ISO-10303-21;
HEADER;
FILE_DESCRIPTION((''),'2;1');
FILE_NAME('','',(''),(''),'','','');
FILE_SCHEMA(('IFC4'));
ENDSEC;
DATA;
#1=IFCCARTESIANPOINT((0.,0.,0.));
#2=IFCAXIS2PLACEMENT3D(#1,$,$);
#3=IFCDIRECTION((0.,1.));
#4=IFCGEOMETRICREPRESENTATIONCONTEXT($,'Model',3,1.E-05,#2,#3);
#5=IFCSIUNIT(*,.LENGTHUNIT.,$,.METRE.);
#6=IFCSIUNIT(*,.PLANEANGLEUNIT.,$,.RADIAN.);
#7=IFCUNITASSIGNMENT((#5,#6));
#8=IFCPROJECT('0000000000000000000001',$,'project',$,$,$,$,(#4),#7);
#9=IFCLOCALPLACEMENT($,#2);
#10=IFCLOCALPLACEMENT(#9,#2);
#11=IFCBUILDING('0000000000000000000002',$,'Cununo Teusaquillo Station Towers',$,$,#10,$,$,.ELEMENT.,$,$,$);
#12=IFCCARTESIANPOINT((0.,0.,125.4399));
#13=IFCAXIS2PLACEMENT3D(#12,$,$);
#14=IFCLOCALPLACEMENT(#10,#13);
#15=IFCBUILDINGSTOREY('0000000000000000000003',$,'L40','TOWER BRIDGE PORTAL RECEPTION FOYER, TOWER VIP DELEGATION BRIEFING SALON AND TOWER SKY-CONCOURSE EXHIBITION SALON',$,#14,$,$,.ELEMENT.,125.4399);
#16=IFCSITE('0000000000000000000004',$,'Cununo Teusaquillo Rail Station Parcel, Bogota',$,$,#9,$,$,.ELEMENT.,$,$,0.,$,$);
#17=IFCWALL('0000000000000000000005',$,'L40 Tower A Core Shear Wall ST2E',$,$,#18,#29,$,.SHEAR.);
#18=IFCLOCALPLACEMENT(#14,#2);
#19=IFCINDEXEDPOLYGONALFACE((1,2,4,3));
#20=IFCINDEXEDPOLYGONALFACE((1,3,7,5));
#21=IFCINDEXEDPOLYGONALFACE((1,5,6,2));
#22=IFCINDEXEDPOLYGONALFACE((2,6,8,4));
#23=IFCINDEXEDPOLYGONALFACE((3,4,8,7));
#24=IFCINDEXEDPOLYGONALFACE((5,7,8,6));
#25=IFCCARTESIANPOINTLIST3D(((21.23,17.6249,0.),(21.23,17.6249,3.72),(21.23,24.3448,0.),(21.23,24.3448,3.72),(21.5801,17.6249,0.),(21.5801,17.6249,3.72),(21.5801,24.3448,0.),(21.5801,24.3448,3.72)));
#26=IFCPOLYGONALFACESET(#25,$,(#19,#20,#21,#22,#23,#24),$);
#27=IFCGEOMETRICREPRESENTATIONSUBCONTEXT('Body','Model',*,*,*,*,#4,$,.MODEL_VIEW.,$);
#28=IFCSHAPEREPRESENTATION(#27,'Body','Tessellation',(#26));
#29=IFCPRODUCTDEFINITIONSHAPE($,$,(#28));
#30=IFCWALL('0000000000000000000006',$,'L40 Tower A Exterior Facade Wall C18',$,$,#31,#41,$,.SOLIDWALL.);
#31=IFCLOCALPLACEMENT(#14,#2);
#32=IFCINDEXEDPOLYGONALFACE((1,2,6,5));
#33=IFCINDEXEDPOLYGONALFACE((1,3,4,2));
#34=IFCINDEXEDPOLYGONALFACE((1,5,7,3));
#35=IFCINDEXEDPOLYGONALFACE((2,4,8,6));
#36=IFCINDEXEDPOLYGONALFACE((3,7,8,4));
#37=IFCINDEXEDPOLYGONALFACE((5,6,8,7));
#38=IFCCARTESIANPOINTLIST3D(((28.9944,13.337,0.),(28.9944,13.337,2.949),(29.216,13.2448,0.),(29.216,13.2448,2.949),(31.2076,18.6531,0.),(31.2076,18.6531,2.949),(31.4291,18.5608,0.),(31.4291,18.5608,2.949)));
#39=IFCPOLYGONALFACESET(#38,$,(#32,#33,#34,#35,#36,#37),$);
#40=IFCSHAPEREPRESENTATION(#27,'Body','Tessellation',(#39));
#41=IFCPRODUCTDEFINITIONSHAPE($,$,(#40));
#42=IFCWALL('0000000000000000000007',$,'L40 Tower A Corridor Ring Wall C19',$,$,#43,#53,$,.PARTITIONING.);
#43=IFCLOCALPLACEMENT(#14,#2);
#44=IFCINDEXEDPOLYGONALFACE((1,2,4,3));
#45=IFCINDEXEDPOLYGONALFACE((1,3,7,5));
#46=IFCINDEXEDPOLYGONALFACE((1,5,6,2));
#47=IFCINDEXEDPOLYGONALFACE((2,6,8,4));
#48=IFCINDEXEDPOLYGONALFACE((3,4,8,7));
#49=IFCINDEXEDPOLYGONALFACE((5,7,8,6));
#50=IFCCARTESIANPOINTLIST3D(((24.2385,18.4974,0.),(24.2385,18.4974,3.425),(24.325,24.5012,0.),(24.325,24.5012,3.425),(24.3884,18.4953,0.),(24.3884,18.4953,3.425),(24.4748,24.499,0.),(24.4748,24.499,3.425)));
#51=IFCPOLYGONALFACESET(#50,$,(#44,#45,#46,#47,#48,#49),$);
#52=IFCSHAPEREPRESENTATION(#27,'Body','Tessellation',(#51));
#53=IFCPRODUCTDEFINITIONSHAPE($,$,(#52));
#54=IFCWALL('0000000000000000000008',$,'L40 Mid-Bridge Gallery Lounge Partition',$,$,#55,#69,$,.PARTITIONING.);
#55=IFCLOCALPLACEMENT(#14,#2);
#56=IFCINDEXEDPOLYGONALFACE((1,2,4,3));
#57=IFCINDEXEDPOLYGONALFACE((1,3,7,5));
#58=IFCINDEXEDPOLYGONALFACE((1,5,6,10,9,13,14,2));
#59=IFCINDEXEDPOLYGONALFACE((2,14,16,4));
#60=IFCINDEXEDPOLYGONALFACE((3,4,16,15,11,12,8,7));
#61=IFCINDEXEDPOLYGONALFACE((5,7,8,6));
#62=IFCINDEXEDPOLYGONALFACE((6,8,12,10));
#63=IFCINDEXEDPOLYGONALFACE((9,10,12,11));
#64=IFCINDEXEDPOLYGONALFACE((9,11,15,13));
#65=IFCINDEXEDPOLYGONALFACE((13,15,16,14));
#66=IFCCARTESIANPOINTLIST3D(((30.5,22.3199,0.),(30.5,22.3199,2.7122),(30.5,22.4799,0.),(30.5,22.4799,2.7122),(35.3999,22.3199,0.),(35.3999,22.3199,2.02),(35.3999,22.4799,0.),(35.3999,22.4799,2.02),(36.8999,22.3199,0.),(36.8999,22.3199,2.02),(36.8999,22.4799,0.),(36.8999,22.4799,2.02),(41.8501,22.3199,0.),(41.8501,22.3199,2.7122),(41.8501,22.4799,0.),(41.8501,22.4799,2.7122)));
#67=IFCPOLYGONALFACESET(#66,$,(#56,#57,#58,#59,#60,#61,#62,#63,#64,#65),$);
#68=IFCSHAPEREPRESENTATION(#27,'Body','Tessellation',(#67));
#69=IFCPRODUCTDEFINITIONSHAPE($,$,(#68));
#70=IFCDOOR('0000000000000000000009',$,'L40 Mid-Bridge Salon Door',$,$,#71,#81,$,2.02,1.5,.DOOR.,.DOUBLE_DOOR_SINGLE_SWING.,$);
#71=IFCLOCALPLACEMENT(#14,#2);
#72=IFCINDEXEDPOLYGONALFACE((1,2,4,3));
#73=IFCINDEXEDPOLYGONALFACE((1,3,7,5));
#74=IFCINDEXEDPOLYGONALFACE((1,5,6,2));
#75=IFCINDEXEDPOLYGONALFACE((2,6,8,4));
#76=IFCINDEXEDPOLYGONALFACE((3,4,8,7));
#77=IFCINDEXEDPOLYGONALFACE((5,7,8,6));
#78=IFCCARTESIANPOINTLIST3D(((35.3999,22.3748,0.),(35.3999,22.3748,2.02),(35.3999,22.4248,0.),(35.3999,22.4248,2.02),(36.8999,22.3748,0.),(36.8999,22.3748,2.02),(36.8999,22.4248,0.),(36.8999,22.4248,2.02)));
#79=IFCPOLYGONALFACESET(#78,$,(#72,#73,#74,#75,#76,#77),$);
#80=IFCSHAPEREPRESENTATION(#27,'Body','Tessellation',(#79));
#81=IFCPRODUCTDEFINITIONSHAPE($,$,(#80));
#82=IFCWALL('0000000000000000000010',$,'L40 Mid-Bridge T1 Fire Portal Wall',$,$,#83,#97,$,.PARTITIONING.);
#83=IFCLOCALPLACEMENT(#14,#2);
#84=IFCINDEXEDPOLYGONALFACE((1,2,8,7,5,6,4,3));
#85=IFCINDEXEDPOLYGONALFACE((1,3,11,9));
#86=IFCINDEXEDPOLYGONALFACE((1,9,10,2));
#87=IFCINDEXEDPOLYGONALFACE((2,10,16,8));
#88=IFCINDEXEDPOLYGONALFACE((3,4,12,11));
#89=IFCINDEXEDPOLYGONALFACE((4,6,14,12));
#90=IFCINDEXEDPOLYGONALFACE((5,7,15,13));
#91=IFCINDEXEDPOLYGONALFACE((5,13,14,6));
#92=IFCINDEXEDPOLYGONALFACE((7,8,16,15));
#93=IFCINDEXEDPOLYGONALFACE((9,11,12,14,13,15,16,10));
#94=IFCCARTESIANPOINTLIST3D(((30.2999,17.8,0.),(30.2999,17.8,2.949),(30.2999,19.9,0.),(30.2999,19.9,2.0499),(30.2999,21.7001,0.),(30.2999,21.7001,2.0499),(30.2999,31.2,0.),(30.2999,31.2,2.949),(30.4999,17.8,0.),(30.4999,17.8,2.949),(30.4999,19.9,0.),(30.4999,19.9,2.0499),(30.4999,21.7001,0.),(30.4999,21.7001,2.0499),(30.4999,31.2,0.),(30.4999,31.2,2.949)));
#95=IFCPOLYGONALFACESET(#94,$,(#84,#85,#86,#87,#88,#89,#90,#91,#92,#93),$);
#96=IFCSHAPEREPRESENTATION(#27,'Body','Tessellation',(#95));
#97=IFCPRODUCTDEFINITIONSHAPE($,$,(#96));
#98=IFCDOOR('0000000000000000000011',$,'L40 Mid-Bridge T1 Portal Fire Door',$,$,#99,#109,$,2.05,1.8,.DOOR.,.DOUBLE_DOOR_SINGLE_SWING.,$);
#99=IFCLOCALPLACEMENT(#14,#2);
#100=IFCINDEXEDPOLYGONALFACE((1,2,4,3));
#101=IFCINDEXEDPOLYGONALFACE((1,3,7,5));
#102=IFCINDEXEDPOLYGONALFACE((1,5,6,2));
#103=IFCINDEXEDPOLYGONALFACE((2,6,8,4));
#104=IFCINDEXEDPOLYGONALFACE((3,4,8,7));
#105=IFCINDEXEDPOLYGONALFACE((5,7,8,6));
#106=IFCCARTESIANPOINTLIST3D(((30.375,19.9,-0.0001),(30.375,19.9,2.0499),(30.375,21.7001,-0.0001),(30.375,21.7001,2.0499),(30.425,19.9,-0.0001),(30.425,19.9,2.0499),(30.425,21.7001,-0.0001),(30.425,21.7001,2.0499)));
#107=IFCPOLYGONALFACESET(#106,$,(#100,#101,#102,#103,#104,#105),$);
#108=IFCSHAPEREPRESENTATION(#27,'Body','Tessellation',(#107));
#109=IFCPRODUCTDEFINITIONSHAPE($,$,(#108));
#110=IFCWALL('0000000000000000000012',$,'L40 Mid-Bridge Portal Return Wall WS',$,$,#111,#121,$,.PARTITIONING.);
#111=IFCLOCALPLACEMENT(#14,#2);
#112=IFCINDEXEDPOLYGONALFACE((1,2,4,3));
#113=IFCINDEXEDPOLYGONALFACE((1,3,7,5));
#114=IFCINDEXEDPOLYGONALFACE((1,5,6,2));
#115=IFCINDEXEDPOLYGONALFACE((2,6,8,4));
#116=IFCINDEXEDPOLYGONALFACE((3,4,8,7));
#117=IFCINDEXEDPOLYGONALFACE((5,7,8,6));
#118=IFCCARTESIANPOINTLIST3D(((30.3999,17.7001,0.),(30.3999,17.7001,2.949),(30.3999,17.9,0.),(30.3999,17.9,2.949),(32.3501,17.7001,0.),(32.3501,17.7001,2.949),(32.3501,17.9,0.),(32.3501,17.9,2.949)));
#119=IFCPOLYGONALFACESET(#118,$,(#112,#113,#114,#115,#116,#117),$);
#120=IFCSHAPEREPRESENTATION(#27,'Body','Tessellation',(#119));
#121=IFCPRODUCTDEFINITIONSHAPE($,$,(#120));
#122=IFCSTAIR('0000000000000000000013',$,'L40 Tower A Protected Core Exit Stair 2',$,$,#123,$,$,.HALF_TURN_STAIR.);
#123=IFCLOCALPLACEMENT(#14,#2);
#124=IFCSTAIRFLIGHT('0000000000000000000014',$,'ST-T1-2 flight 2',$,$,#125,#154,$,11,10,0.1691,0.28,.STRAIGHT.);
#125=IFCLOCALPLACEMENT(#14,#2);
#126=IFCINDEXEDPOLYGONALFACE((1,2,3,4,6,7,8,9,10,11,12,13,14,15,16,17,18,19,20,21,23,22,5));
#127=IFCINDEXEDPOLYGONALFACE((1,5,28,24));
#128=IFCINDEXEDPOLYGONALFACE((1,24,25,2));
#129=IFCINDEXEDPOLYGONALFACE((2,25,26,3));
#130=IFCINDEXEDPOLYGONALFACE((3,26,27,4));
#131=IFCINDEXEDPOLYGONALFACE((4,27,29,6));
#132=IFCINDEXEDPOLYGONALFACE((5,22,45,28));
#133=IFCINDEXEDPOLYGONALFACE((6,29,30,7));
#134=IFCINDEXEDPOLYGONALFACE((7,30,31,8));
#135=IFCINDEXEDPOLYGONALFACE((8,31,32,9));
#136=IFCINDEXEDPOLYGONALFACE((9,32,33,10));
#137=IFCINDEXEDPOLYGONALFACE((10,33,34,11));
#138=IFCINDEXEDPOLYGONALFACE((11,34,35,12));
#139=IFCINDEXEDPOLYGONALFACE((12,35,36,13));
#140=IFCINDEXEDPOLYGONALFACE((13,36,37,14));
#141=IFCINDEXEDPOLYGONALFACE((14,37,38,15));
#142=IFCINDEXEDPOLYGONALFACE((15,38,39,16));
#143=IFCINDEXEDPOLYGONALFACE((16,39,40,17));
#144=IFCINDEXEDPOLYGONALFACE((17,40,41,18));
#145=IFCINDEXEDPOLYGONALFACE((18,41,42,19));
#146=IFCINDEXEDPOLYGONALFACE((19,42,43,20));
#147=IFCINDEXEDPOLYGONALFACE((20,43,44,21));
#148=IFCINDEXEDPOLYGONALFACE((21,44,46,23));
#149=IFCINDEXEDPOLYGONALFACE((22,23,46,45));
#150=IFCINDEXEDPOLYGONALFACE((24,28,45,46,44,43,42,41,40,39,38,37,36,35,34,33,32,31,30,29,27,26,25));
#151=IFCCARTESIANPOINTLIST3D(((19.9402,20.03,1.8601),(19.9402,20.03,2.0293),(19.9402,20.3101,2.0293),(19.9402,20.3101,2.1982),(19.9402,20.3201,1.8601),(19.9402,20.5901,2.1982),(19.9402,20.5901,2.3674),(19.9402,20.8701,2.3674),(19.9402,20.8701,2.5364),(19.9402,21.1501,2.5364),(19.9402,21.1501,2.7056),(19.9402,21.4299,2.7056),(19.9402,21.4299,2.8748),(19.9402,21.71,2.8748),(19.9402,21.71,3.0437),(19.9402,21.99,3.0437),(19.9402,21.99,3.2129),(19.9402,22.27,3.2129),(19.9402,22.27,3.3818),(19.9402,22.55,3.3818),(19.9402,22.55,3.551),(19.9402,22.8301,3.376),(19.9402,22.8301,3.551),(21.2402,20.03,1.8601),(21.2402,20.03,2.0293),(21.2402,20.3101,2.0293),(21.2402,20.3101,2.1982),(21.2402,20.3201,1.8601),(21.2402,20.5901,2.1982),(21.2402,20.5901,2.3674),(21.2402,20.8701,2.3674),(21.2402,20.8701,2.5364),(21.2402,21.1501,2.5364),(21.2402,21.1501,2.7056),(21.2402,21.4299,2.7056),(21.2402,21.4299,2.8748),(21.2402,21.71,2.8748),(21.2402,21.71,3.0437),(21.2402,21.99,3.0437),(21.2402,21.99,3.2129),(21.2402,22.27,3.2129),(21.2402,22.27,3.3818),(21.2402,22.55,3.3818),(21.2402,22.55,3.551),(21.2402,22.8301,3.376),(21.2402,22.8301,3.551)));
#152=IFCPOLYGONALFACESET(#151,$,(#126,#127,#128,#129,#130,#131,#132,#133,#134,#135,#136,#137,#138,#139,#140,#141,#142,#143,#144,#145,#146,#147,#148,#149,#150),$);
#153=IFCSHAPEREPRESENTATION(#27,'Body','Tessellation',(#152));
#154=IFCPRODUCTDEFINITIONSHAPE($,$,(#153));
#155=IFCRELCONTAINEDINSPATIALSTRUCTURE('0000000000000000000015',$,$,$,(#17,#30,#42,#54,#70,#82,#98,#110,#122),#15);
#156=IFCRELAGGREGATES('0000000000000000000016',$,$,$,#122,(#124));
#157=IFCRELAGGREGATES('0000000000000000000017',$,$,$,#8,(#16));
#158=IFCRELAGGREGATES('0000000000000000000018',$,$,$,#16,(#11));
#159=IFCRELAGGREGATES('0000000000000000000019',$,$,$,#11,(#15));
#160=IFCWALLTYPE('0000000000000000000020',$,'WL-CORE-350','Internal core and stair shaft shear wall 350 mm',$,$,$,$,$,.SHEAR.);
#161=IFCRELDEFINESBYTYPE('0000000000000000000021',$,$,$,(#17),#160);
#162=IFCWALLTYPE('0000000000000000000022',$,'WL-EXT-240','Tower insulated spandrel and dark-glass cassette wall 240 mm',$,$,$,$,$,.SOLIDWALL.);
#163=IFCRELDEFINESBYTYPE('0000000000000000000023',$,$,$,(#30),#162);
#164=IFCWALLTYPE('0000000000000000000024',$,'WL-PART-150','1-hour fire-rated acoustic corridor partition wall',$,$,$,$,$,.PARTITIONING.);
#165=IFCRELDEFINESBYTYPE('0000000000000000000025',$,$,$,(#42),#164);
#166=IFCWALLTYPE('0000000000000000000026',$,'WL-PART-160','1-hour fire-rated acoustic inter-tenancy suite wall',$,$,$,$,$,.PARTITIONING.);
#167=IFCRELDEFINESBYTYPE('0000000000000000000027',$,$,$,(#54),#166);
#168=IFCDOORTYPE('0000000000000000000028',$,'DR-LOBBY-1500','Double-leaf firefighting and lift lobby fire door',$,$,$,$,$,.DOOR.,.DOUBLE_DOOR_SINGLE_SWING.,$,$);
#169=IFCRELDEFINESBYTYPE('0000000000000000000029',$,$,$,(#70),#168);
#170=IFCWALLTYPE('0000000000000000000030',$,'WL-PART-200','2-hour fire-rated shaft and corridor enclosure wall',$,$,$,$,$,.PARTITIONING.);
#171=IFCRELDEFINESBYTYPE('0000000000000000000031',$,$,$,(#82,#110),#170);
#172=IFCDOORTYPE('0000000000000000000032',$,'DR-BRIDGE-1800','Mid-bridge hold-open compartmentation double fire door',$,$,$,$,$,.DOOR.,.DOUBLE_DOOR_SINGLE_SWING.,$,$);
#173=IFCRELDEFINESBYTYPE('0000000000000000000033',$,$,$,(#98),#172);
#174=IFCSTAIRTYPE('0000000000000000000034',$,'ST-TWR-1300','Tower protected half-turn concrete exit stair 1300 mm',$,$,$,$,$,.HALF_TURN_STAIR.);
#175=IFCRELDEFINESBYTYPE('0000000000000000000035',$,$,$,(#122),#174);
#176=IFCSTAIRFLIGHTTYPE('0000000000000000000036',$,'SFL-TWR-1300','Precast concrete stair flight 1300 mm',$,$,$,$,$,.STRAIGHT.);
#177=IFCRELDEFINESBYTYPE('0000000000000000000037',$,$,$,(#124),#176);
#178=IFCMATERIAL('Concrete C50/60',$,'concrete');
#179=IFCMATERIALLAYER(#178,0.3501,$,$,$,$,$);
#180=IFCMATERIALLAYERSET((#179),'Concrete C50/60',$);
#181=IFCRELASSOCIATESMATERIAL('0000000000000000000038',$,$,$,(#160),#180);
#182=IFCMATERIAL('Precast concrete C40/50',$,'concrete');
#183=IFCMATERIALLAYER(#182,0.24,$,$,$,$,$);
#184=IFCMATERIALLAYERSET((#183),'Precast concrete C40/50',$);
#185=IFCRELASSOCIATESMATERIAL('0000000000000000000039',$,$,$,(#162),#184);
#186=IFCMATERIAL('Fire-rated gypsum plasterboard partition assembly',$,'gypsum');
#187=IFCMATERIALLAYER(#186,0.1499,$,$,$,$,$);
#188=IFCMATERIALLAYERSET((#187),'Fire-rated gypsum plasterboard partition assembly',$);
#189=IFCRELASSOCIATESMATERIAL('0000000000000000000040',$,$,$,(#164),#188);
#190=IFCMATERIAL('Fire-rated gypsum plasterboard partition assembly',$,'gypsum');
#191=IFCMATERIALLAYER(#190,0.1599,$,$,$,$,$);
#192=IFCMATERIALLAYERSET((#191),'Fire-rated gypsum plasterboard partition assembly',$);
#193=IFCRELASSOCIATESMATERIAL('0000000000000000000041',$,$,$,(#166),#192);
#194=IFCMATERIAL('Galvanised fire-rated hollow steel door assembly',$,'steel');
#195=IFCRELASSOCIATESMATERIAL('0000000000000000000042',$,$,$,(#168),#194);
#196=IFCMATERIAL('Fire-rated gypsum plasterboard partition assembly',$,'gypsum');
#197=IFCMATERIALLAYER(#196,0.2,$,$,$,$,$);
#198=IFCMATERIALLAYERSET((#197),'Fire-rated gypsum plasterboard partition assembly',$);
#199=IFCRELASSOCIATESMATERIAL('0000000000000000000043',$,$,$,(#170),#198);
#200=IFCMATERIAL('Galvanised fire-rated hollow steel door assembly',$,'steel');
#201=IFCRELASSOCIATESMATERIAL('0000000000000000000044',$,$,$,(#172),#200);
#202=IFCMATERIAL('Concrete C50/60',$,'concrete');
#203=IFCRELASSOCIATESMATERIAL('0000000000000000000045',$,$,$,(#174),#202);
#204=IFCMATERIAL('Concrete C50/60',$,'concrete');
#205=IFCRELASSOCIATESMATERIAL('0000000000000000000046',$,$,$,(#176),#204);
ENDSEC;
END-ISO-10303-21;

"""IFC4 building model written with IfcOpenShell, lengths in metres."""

from ifc_helpers import new_model, si_unit, direction, frame, frame_2d, origin, place, context, subcontext, project, spatial, polyline, rectangle, outline, extrude, source, transform, mapped, material, layer, layer_set, type_object, element, fill, aggregate, save


model = new_model("IFC4")

# Units and contexts
model_context = context("Model", 3, precision=1e-05, world=origin(), true_north=direction((0.0, 1.0)))
body_context = subcontext(model_context, "Body", "Model", "MODEL_VIEW")
ifc_project = project(units=[si_unit("LENGTHUNIT", "METRE"), si_unit("PLANEANGLEUNIT", "RADIAN")], contexts=[model_context])

# Site, building, storey
site_placement = place(None, origin())
site = spatial("IfcSite", under=ifc_project, at=site_placement, Name="Cununo Teusaquillo Rail Station Parcel, Bogota", CompositionType="ELEMENT", RefElevation=0.0)
building_placement = place(site_placement, origin())
building = spatial("IfcBuilding", under=site, at=building_placement, Name="Cununo Teusaquillo Station Towers", CompositionType="ELEMENT")
storey_placement = place(building_placement, frame((0.0, 0.0, 125.4399)))
storey = spatial("IfcBuildingStorey", under=building, at=storey_placement, Name="L40", Description="TOWER BRIDGE PORTAL RECEPTION FOYER, TOWER VIP DELEGATION BRIEFING SALON AND TOWER SKY-CONCOURSE EXHIBITION SALON", CompositionType="ELEMENT", Elevation=125.4399)

# Walls
ifc_material_1 = material(Name="Concrete C50/60", Category="concrete")
ifc_layer_1 = layer(ifc_material_1, 0.3501)
ifc_layer_set_1 = layer_set([ifc_layer_1], Name="Concrete C50/60")
wall_type_1 = type_object("IfcWallType", Name="WL-CORE-350", Description="Internal core and stair shaft shear wall 350 mm", PredefinedType="SHEAR", material=ifc_layer_set_1)
wall_1_placement = place(storey_placement, frame((21.405, 17.625, 0.0), z_axis=(0.0, 0.0, 1.0), x_axis=(0.0, 1.0, 0.0)))
element("IfcWall", 1, at=wall_1_placement, inside=storey, type_object=wall_type_1, Name="L40 Tower A Core Shear Wall ST2E", PredefinedType="SHEAR", context=body_context, shape_type="SweptSolid", body=[
    extrude(rectangle(XDim=6.72, YDim=0.3501, at=frame_2d((3.3599, 0.0))), origin(), (0.0, 0.0, 1.0), 3.72),
])
ifc_material_2 = material(Name="Precast concrete C40/50", Category="concrete")
ifc_layer_2 = layer(ifc_material_2, 0.24)
ifc_layer_set_2 = layer_set([ifc_layer_2], Name="Precast concrete C40/50")
wall_type_2 = type_object("IfcWallType", Name="WL-EXT-240", Description="Tower insulated spandrel and dark-glass cassette wall 240 mm", PredefinedType="SOLIDWALL", material=ifc_layer_set_2)
wall_2_placement = place(storey_placement, frame((31.3184, 18.6069, 0.0), z_axis=(0.0, 0.0, 1.0), x_axis=(-0.384344, -0.92319, 0.0)))
element("IfcWall", 2, at=wall_2_placement, inside=storey, type_object=wall_type_2, Name="L40 Tower A Exterior Facade Wall C18", PredefinedType="SOLIDWALL", context=body_context, shape_type="SweptSolid", body=[
    extrude(rectangle(XDim=5.7583, YDim=0.24, at=frame_2d((2.8792, 0.0))), origin(), (0.0, 0.0, 1.0), 2.949),
])
ifc_material_3 = material(Name="Fire-rated gypsum plasterboard partition assembly", Category="gypsum")
ifc_layer_3 = layer(ifc_material_3, 0.1499)
ifc_layer_set_3 = layer_set([ifc_layer_3], Name="Fire-rated gypsum plasterboard partition assembly")
wall_type_3 = type_object("IfcWallType", Name="WL-PART-150", Description="1-hour fire-rated acoustic corridor partition wall", PredefinedType="PARTITIONING", material=ifc_layer_set_3)
wall_3_placement = place(storey_placement, frame((24.3135, 18.4963, 0.0), z_axis=(0.0, 0.0, 1.0), x_axis=(0.014394, 0.999896, 0.0)))
element("IfcWall", 3, at=wall_3_placement, inside=storey, type_object=wall_type_3, Name="L40 Tower A Corridor Ring Wall C19", PredefinedType="PARTITIONING", context=body_context, shape_type="SweptSolid", body=[
    extrude(rectangle(XDim=6.0044, YDim=0.1499, at=frame_2d((3.0022, 0.0))), origin(), (0.0, 0.0, 1.0), 3.425),
])

# Walls, openings, doors
ifc_material_4 = material(Name="Fire-rated gypsum plasterboard partition assembly", Category="gypsum")
ifc_layer_4 = layer(ifc_material_4, 0.1599)
ifc_layer_set_4 = layer_set([ifc_layer_4], Name="Fire-rated gypsum plasterboard partition assembly")
wall_type_4 = type_object("IfcWallType", Name="WL-PART-160", Description="1-hour fire-rated acoustic inter-tenancy suite wall", PredefinedType="PARTITIONING", material=ifc_layer_set_4)
wall_4_placement = place(storey_placement, frame((30.5, 22.3999, 0.0), z_axis=(0.0, 0.0, 1.0), x_axis=(1.0, 0.0, 0.0)))
wall_4 = element("IfcWall", 4, at=wall_4_placement, inside=storey, type_object=wall_type_4, Name="L40 Mid-Bridge Gallery Lounge Partition", PredefinedType="PARTITIONING", context=body_context, shape_type="SweptSolid", body=[
    extrude(rectangle(XDim=11.3501, YDim=0.1599, at=frame_2d((5.675, 0.0))), origin(), (0.0, 0.0, 1.0), 2.7122),
])
shared_shape_1 = source(origin(), body_context, "Body", "SweptSolid", [
    extrude(rectangle(XDim=1.5, YDim=2.02, at=frame_2d((0.75, 1.01))), frame((0.0, 0.0898, 0.0), z_axis=(0.0, -1.0, 0.0), x_axis=(1.0, 0.0, 0.0)), (0.0, 0.0, 1.0), 0.1799),
])
opening_1_placement = place(wall_4_placement, frame((4.8999, 0.0, 0.0)))
opening_1 = element("IfcOpeningElement", 5, at=opening_1_placement, cuts=wall_4, PredefinedType="OPENING", context=body_context, shape_type="MappedRepresentation", body=[
    mapped(shared_shape_1, transform((0.0, 0.0, 0.0), x_axis=(1.0, 0.0, 0.0), y_axis=(0.0, 1.0, 0.0), z_axis=(0.0, 0.0, 1.0), scale=1.0)),
])
ifc_material_5 = material(Name="Galvanised fire-rated hollow steel door assembly", Category="steel")
door_type_1 = type_object("IfcDoorType", Name="DR-LOBBY-1500", Description="Double-leaf firefighting and lift lobby fire door", OperationType="DOUBLE_DOOR_SINGLE_SWING", PredefinedType="DOOR", material=ifc_material_5)
shared_shape_2 = source(origin(), body_context, "Body", "SweptSolid", [
    extrude(rectangle(XDim=1.5, YDim=2.02, at=frame_2d((0.75, 1.01))), frame((0.0, 0.0249, 0.0), z_axis=(0.0, -1.0, 0.0), x_axis=(1.0, 0.0, 0.0)), (0.0, 0.0, 1.0), 0.05),
])
door_1_placement = place(opening_1_placement, origin())
door_1 = element("IfcDoor", 6, at=door_1_placement, inside=storey, type_object=door_type_1, Name="L40 Mid-Bridge Salon Door", OperationType="DOUBLE_DOOR_SINGLE_SWING", OverallHeight=2.02, OverallWidth=1.5, PredefinedType="DOOR", context=body_context, shape_type="MappedRepresentation", body=[
    mapped(shared_shape_2, transform((0.0, 0.0, 0.0), x_axis=(1.0, 0.0, 0.0), y_axis=(0.0, 1.0, 0.0), z_axis=(0.0, 0.0, 1.0), scale=1.0)),
])
fill(opening_1, door_1)
ifc_material_6 = material(Name="Fire-rated gypsum plasterboard partition assembly", Category="gypsum")
ifc_layer_5 = layer(ifc_material_6, 0.2)
ifc_layer_set_5 = layer_set([ifc_layer_5], Name="Fire-rated gypsum plasterboard partition assembly")
wall_type_5 = type_object("IfcWallType", Name="WL-PART-200", Description="2-hour fire-rated shaft and corridor enclosure wall", PredefinedType="PARTITIONING", material=ifc_layer_set_5)
wall_5_placement = place(storey_placement, frame((30.3999, 17.8, 0.0), z_axis=(0.0, 0.0, 1.0), x_axis=(0.0, 1.0, 0.0)))
wall_5 = element("IfcWall", 7, at=wall_5_placement, inside=storey, type_object=wall_type_5, Name="L40 Mid-Bridge T1 Fire Portal Wall", PredefinedType="PARTITIONING", context=body_context, shape_type="SweptSolid", body=[
    extrude(rectangle(XDim=13.3999, YDim=0.2, at=frame_2d((6.7, 0.0))), origin(), (0.0, 0.0, 1.0), 2.949),
])
shared_shape_3 = source(origin(), body_context, "Body", "SweptSolid", [
    extrude(rectangle(XDim=1.8, YDim=2.05, at=frame_2d((0.8999, 1.0249))), frame((0.0, 0.1099, 0.0), z_axis=(0.0, -1.0, 0.0), x_axis=(1.0, 0.0, 0.0)), (0.0, 0.0, 1.0), 0.22),
])
opening_2_placement = place(wall_5_placement, frame((2.1001, 0.0, 0.0)))
opening_2 = element("IfcOpeningElement", 8, at=opening_2_placement, cuts=wall_5, PredefinedType="OPENING", context=body_context, shape_type="MappedRepresentation", body=[
    mapped(shared_shape_3, transform((0.0, 0.0, 0.0), x_axis=(1.0, 0.0, 0.0), y_axis=(0.0, 1.0, 0.0), z_axis=(0.0, 0.0, 1.0), scale=1.0)),
])
ifc_material_7 = material(Name="Galvanised fire-rated hollow steel door assembly", Category="steel")
door_type_2 = type_object("IfcDoorType", Name="DR-BRIDGE-1800", Description="Mid-bridge hold-open compartmentation double fire door", OperationType="DOUBLE_DOOR_SINGLE_SWING", PredefinedType="DOOR", material=ifc_material_7)
shared_shape_4 = source(origin(), body_context, "Body", "SweptSolid", [
    extrude(rectangle(XDim=1.8, YDim=2.05, at=frame_2d((0.8999, 1.0249))), frame((0.0, 0.0249, 0.0), z_axis=(0.0, -1.0, 0.0), x_axis=(1.0, 0.0, 0.0)), (0.0, 0.0, 1.0), 0.05),
])
door_2_placement = place(opening_2_placement, origin())
door_2 = element("IfcDoor", 9, at=door_2_placement, inside=storey, type_object=door_type_2, Name="L40 Mid-Bridge T1 Portal Fire Door", OperationType="DOUBLE_DOOR_SINGLE_SWING", OverallHeight=2.05, OverallWidth=1.8, PredefinedType="DOOR", context=body_context, shape_type="MappedRepresentation", body=[
    mapped(shared_shape_4, transform((0.0, 0.0, 0.0), x_axis=(1.0, 0.0, 0.0), y_axis=(0.0, 1.0, 0.0), z_axis=(0.0, 0.0, 1.0), scale=1.0)),
])
fill(opening_2, door_2)

# Wall
wall_6_placement = place(storey_placement, frame((30.3999, 17.8, 0.0), z_axis=(0.0, 0.0, 1.0), x_axis=(1.0, 0.0, 0.0)))
element("IfcWall", 10, at=wall_6_placement, inside=storey, type_object=wall_type_5, Name="L40 Mid-Bridge Portal Return Wall WS", PredefinedType="PARTITIONING", context=body_context, shape_type="SweptSolid", body=[
    extrude(rectangle(XDim=1.9502, YDim=0.2, at=frame_2d((0.9751, 0.0))), origin(), (0.0, 0.0, 1.0), 2.949),
])

# Stair, stair flight
ifc_material_8 = material(Name="Concrete C50/60", Category="concrete")
stair_type = type_object("IfcStairType", Name="ST-TWR-1300", Description="Tower protected half-turn concrete exit stair 1300 mm", PredefinedType="HALF_TURN_STAIR", material=ifc_material_8)
stair_placement = place(storey_placement, origin())
stair = element("IfcStair", 11, at=stair_placement, inside=storey, type_object=stair_type, Name="L40 Tower A Protected Core Exit Stair 2", PredefinedType="HALF_TURN_STAIR")
ifc_material_9 = material(Name="Concrete C50/60", Category="concrete")
stair_flight_type = type_object("IfcStairFlightType", Name="SFL-TWR-1300", Description="Precast concrete stair flight 1300 mm", PredefinedType="STRAIGHT", material=ifc_material_9)
stair_flight_placement = place(storey_placement, frame((20.5901, 20.03, 1.8601), z_axis=(0.0, 0.0, 1.0), x_axis=(0.0, 1.0, 0.0)))
stair_flight = element("IfcStairFlight", 12, at=stair_flight_placement, type_object=stair_flight_type, Name="ST-T1-2 flight 2", NumberOfRisers=11, NumberOfTreads=10, PredefinedType="STRAIGHT", RiserHeight=0.1691, TreadLength=0.28, context=body_context, shape_type="SweptSolid", body=[
    extrude(outline(polyline([(0.0, 0.0), (0.0, 0.1692), (0.28, 0.1692), (0.28, 0.3381), (0.5601, 0.3381), (0.5601, 0.5073), (0.8401, 0.5073), (0.8401, 0.6763), (1.1201, 0.6763), (1.1201, 0.8455), (1.3999, 0.8455), (1.3999, 1.0146), (1.6799, 1.0146), (1.6799, 1.1836), (1.96, 1.1836), (1.96, 1.3528), (2.24, 1.3528), (2.24, 1.5217), (2.52, 1.5217), (2.52, 1.6909), (2.8, 1.6909), (2.8, 1.8601), (2.8, 1.5159), (0.29, 0.0), (0.0, 0.0)])), frame((0.0, 0.6499, 0.0), z_axis=(0.0, -1.0, 0.0), x_axis=(1.0, 0.0, 0.0)), (0.0, 0.0, 1.0), 1.3),
])
aggregate(stair, [stair_flight])

save(model, "model.ifc")
